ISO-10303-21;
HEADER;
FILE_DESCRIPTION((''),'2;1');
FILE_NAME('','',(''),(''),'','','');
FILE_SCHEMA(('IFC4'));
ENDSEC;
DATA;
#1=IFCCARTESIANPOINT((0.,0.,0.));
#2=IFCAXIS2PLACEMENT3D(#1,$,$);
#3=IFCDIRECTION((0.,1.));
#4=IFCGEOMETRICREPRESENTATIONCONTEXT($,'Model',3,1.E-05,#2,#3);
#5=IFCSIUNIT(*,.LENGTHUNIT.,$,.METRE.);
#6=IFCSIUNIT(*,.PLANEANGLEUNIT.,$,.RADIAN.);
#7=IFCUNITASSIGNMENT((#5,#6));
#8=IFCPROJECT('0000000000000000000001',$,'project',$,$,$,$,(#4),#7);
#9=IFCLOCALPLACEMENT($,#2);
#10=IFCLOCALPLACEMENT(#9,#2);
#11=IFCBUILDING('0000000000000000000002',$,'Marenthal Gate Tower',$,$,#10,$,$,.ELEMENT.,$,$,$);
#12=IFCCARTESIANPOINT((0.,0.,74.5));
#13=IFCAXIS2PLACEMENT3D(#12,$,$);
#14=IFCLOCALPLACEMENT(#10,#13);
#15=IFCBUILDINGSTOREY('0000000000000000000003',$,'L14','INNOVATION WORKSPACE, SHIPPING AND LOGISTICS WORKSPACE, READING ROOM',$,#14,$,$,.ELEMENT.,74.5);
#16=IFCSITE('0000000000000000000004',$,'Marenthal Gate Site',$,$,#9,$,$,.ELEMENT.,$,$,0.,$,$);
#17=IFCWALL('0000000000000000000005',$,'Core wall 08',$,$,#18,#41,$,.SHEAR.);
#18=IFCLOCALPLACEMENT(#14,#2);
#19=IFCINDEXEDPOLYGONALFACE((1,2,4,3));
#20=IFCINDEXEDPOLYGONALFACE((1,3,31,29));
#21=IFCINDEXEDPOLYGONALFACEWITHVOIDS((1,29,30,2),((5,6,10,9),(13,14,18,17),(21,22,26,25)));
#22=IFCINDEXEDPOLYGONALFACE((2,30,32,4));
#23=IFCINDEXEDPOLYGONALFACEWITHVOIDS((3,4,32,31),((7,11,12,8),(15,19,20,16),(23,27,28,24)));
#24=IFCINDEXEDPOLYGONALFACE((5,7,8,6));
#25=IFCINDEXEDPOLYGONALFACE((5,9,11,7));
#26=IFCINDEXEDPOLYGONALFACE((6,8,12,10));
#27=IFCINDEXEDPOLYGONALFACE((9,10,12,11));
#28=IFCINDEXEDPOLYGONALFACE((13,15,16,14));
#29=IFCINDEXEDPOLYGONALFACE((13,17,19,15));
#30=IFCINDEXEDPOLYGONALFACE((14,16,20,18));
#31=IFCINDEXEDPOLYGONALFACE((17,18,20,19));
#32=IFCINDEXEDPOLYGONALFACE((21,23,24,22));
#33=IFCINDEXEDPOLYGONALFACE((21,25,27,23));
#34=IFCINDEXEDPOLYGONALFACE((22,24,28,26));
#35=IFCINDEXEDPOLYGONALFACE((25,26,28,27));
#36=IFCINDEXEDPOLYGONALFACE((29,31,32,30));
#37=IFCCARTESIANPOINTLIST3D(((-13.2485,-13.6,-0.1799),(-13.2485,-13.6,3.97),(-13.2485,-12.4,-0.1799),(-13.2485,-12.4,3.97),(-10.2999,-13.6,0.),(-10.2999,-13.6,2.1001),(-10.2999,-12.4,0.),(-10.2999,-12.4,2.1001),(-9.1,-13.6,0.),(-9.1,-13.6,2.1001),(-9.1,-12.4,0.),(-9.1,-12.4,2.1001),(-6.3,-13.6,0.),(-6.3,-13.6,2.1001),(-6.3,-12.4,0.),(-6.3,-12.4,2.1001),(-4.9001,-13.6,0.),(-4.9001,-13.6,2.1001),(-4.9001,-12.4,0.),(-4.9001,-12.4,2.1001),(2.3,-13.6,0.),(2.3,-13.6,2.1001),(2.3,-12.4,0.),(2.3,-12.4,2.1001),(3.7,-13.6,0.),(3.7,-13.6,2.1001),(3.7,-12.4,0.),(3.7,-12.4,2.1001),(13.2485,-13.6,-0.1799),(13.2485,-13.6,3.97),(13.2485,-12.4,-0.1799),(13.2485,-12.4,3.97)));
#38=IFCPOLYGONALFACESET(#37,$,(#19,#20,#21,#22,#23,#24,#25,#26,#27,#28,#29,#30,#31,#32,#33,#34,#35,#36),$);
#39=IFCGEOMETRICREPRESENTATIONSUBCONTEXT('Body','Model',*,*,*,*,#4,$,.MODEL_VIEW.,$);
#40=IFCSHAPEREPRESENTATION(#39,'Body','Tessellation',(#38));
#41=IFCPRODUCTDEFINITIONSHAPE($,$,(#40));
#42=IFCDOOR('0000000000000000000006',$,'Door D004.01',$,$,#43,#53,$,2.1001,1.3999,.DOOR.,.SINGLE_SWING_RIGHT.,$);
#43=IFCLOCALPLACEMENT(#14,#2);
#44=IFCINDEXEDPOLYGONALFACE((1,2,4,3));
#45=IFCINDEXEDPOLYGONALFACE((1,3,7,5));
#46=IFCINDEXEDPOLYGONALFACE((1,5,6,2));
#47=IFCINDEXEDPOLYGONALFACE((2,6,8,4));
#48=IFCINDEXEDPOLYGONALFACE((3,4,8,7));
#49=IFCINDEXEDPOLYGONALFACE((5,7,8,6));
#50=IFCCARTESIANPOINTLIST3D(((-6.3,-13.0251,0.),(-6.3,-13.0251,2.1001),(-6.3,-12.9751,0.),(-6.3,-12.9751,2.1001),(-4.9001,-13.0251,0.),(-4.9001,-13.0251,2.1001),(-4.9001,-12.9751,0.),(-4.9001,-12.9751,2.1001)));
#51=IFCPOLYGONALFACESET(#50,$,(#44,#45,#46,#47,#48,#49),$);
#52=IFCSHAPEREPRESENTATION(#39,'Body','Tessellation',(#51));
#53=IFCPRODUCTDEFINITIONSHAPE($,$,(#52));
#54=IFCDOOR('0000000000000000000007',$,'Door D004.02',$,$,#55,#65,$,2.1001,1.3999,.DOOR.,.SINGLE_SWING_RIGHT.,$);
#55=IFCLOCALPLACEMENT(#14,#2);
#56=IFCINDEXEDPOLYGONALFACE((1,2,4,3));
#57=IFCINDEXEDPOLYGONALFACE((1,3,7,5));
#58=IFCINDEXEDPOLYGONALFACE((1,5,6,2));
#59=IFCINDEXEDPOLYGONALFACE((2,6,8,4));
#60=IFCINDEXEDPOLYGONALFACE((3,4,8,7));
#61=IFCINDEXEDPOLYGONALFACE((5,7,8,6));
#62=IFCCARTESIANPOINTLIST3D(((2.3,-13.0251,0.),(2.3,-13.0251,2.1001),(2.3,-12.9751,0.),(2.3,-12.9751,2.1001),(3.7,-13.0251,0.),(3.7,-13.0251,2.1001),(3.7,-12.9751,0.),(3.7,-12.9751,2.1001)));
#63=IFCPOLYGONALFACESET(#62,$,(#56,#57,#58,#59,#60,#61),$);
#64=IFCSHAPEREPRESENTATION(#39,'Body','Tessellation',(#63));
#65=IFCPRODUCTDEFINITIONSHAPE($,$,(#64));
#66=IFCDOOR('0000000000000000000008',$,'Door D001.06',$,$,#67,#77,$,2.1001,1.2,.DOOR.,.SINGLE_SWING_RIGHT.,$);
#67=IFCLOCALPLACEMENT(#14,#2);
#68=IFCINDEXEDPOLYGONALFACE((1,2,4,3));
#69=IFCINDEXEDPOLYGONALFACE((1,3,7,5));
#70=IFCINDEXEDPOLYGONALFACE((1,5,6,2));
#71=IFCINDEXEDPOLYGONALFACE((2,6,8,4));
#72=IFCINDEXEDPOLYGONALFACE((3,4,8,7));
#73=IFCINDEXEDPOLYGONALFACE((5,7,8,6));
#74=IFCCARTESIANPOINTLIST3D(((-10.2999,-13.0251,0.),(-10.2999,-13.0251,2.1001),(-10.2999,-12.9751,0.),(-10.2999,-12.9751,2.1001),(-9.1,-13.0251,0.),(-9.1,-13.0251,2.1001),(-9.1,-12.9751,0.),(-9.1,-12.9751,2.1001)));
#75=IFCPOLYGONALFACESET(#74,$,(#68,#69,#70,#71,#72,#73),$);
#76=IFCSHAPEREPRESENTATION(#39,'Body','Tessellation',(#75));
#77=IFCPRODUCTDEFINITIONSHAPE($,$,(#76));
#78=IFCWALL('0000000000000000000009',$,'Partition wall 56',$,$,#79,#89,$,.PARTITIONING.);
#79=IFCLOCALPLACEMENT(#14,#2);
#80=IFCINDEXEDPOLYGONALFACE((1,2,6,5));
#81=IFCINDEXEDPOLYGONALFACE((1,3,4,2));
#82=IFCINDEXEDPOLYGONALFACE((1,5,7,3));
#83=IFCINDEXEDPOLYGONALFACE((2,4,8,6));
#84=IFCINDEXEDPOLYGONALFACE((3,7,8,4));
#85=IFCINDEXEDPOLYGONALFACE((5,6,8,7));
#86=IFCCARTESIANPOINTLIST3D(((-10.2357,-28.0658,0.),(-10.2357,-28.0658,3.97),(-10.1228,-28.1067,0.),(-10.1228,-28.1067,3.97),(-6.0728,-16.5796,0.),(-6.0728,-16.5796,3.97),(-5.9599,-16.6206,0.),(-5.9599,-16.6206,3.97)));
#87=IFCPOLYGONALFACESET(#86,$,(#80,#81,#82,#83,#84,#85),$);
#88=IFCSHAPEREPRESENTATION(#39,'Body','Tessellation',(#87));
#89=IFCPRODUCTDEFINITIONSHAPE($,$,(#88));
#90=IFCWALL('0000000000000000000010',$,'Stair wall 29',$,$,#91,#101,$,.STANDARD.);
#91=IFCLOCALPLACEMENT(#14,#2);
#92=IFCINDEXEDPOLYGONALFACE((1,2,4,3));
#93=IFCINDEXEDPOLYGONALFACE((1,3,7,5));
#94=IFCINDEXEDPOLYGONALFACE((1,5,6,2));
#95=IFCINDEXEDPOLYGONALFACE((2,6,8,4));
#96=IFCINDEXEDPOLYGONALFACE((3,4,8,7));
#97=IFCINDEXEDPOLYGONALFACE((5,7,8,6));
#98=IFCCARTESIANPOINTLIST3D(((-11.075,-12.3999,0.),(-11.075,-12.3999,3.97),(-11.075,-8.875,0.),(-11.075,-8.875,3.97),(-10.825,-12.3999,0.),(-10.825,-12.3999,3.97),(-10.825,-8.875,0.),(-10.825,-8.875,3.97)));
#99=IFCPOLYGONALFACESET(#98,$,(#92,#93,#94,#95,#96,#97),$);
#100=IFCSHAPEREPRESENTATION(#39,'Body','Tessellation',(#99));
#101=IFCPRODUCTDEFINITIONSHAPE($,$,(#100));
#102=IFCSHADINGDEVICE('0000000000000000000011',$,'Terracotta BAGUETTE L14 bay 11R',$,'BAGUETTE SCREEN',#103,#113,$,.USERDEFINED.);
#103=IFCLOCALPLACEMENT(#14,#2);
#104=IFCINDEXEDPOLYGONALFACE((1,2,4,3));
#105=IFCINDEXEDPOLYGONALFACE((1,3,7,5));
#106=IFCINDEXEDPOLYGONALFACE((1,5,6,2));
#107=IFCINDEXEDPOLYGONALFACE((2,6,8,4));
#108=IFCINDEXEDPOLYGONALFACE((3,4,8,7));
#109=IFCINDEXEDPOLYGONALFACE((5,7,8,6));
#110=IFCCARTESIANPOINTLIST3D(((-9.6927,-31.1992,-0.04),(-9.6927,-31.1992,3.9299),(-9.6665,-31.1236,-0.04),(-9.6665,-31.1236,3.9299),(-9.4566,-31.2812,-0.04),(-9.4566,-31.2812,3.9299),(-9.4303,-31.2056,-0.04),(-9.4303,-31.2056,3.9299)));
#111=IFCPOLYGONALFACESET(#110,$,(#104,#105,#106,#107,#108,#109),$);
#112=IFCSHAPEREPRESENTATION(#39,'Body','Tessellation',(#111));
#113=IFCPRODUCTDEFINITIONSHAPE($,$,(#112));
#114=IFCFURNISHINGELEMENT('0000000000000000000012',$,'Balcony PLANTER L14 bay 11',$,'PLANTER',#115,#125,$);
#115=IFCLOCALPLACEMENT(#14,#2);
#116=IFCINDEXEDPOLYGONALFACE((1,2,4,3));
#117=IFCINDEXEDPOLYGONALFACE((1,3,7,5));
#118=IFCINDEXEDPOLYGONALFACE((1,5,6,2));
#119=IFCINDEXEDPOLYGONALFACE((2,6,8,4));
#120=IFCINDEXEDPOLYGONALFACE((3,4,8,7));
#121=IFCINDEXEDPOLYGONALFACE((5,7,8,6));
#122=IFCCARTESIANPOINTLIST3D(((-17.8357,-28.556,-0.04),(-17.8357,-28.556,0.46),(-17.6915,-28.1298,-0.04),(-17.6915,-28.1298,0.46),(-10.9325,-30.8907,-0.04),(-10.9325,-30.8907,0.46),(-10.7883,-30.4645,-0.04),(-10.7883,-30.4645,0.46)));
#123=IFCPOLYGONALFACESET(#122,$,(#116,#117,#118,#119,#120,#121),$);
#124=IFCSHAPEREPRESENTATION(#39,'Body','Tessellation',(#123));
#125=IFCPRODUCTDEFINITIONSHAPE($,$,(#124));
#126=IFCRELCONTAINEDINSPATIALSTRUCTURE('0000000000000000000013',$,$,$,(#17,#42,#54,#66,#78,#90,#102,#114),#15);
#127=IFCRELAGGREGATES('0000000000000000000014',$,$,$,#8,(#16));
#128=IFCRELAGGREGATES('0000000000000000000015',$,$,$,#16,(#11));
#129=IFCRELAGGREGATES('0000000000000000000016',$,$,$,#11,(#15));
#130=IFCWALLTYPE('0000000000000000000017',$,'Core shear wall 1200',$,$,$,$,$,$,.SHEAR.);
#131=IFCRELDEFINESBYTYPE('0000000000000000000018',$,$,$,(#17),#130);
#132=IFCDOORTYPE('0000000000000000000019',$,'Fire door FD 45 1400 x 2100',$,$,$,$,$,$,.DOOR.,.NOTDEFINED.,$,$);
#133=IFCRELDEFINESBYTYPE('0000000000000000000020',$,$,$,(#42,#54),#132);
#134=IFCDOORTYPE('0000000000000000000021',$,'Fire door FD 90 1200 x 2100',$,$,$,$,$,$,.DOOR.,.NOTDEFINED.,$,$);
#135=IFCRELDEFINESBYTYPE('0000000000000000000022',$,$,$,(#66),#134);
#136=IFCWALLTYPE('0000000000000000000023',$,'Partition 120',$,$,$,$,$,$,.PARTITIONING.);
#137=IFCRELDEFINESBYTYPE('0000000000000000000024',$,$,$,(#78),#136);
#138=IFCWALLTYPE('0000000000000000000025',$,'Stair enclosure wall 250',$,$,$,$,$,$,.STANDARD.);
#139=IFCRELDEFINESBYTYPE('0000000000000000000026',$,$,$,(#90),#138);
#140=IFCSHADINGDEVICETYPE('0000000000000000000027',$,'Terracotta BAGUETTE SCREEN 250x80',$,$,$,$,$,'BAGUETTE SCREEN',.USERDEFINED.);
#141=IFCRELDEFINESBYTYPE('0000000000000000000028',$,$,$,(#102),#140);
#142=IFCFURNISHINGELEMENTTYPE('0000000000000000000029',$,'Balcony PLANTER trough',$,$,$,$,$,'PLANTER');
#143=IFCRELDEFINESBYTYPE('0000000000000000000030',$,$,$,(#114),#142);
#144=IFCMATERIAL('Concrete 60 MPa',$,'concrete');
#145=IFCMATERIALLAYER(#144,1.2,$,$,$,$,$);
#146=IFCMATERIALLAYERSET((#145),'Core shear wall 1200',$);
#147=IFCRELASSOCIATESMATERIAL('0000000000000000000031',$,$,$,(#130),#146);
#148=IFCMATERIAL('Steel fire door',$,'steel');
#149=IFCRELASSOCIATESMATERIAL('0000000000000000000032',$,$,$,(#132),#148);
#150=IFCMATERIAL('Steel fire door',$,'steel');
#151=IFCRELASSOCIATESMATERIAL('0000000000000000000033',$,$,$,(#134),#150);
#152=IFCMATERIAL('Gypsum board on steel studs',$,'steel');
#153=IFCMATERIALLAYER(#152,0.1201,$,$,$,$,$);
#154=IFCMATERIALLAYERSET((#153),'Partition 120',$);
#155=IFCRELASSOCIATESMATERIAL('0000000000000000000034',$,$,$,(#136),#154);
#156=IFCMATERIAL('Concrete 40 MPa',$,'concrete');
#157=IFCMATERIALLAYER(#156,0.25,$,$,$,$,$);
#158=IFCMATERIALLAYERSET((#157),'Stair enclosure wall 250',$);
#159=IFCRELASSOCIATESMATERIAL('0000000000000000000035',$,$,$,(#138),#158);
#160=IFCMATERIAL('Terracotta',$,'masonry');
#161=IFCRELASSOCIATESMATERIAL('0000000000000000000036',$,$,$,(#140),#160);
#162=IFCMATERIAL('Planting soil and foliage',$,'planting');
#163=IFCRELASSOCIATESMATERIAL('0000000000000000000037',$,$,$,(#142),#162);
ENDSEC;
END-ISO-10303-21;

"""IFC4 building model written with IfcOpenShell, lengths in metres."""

from ifc_helpers import new_model, si_unit, direction, frame, frame_2d, origin, origin_2d, place, context, subcontext, project, spatial, rectangle, extrude, material, layer, layer_set, material_profile, profile_set, type_object, element, fill, save


model = new_model("IFC4")

# Units and contexts
model_context = context("Model", 3, precision=1e-05, world=origin(), true_north=direction((0.0, 1.0)))
body_context = subcontext(model_context, "Body", "Model", "MODEL_VIEW")
ifc_project = project(units=[si_unit("LENGTHUNIT", "METRE"), si_unit("PLANEANGLEUNIT", "RADIAN")], contexts=[model_context])

# Site, building, storey
site_placement = place(None, origin())
site = spatial("IfcSite", under=ifc_project, at=site_placement, Name="Marenthal Gate Site", CompositionType="ELEMENT", RefElevation=0.0)
building_placement = place(site_placement, origin())
building = spatial("IfcBuilding", under=site, at=building_placement, Name="Marenthal Gate Tower", CompositionType="ELEMENT")
storey_placement = place(building_placement, frame((0.0, 0.0, 74.5)))
storey = spatial("IfcBuildingStorey", under=building, at=storey_placement, Name="L14", Description="INNOVATION WORKSPACE, SHIPPING AND LOGISTICS WORKSPACE, READING ROOM", CompositionType="ELEMENT", Elevation=74.5)

# Wall, openings, doors
ifc_material_1 = material(Name="Concrete 60 MPa", Category="concrete")
ifc_layer_1 = layer(ifc_material_1, 1.2)
ifc_layer_set_1 = layer_set([ifc_layer_1], Name="Core shear wall 1200")
wall_type_1 = type_object("IfcWallType", Name="Core shear wall 1200", PredefinedType="SHEAR", material=ifc_layer_set_1)
wall_1_placement = place(storey_placement, frame((-13.2485, -13.0, -0.1799), z_axis=(0.0, 0.0, 1.0), x_axis=(1.0, 0.0, 0.0)))
wall_1 = element("IfcWall", 1, at=wall_1_placement, inside=storey, type_object=wall_type_1, Name="Core wall 08", PredefinedType="SHEAR", context=body_context, shape_type="SweptSolid", body=[
    extrude(rectangle(XDim=26.4971, YDim=1.2, at=frame_2d((13.2485, 0.0))), origin(), (0.0, 0.0, 1.0), 4.1499),
])
opening_1_placement = place(wall_1_placement, frame((2.9485, 0.0, 0.1799)))
opening_1 = element("IfcOpeningElement", 2, at=opening_1_placement, cuts=wall_1, PredefinedType="OPENING", context=body_context, shape_type="SweptSolid", body=[
    extrude(rectangle(XDim=1.2, YDim=2.1001, at=frame_2d((0.6001, 1.05))), frame((0.0, 0.6099, 0.0), z_axis=(0.0, -1.0, 0.0), x_axis=(1.0, 0.0, 0.0)), (0.0, 0.0, 1.0), 1.22),
])
opening_2_placement = place(wall_1_placement, frame((6.9485, 0.0, 0.1799)))
opening_2 = element("IfcOpeningElement", 3, at=opening_2_placement, cuts=wall_1, PredefinedType="OPENING", context=body_context, shape_type="SweptSolid", body=[
    extrude(rectangle(XDim=1.3999, YDim=2.1001, at=frame_2d((0.7, 1.05))), frame((0.0, 0.6099, 0.0), z_axis=(0.0, -1.0, 0.0), x_axis=(1.0, 0.0, 0.0)), (0.0, 0.0, 1.0), 1.22),
])
opening_3_placement = place(wall_1_placement, frame((15.5486, 0.0, 0.1799)))
opening_3 = element("IfcOpeningElement", 4, at=opening_3_placement, cuts=wall_1, PredefinedType="OPENING", context=body_context, shape_type="SweptSolid", body=[
    extrude(rectangle(XDim=1.3999, YDim=2.1001, at=frame_2d((0.7, 1.05))), frame((0.0, 0.6099, 0.0), z_axis=(0.0, -1.0, 0.0), x_axis=(1.0, 0.0, 0.0)), (0.0, 0.0, 1.0), 1.22),
])
ifc_material_2 = material(Name="Steel fire door", Category="steel")
door_type_1 = type_object("IfcDoorType", Name="Fire door FD 45 1400 x 2100", OperationType="NOTDEFINED", PredefinedType="DOOR", material=ifc_material_2)
door_1_placement = place(opening_2_placement, origin())
door_1 = element("IfcDoor", 5, at=door_1_placement, inside=storey, type_object=door_type_1, Name="Door D004.01", OperationType="SINGLE_SWING_RIGHT", OverallHeight=2.1001, OverallWidth=1.3999, PredefinedType="DOOR", context=body_context, shape_type="SweptSolid", body=[
    extrude(rectangle(XDim=1.3999, YDim=2.1001, at=frame_2d((0.7, 1.05))), frame((0.0, 0.0249, 0.0), z_axis=(0.0, -1.0, 0.0), x_axis=(1.0, 0.0, 0.0)), (0.0, 0.0, 1.0), 0.05),
])
fill(opening_2, door_1)
door_2_placement = place(opening_3_placement, origin())
door_2 = element("IfcDoor", 6, at=door_2_placement, inside=storey, type_object=door_type_1, Name="Door D004.02", OperationType="SINGLE_SWING_RIGHT", OverallHeight=2.1001, OverallWidth=1.3999, PredefinedType="DOOR", context=body_context, shape_type="SweptSolid", body=[
    extrude(rectangle(XDim=1.3999, YDim=2.1001, at=frame_2d((0.7, 1.05))), frame((0.0, 0.0249, 0.0), z_axis=(0.0, -1.0, 0.0), x_axis=(1.0, 0.0, 0.0)), (0.0, 0.0, 1.0), 0.05),
])
fill(opening_3, door_2)
ifc_material_3 = material(Name="Steel fire door", Category="steel")
door_type_2 = type_object("IfcDoorType", Name="Fire door FD 90 1200 x 2100", OperationType="NOTDEFINED", PredefinedType="DOOR", material=ifc_material_3)
door_3_placement = place(opening_1_placement, origin())
door_3 = element("IfcDoor", 7, at=door_3_placement, inside=storey, type_object=door_type_2, Name="Door D001.06", OperationType="SINGLE_SWING_RIGHT", OverallHeight=2.1001, OverallWidth=1.2, PredefinedType="DOOR", context=body_context, shape_type="SweptSolid", body=[
    extrude(rectangle(XDim=1.2, YDim=2.1001, at=frame_2d((0.6001, 1.05))), frame((0.0, 0.0249, 0.0), z_axis=(0.0, -1.0, 0.0), x_axis=(1.0, 0.0, 0.0)), (0.0, 0.0, 1.0), 0.05),
])
fill(opening_1, door_3)

# Walls
ifc_material_4 = material(Name="Gypsum board on steel studs", Category="steel")
ifc_layer_2 = layer(ifc_material_4, 0.1201)
ifc_layer_set_2 = layer_set([ifc_layer_2], Name="Partition 120")
wall_type_2 = type_object("IfcWallType", Name="Partition 120", PredefinedType="PARTITIONING", material=ifc_layer_set_2)
wall_2_placement = place(storey_placement, frame((-6.0164, -16.6001, 0.0), z_axis=(0.0, 0.0, 1.0), x_axis=(-0.340737, -0.940159, 0.0)))
element("IfcWall", 8, at=wall_2_placement, inside=storey, type_object=wall_type_2, Name="Partition wall 56", PredefinedType="PARTITIONING", context=body_context, shape_type="SweptSolid", body=[
    extrude(rectangle(XDim=12.2173, YDim=0.1201, at=frame_2d((6.1086, 0.0))), origin(), (0.0, 0.0, 1.0), 3.97),
])
ifc_material_5 = material(Name="Concrete 40 MPa", Category="concrete")
ifc_layer_3 = layer(ifc_material_5, 0.25)
ifc_layer_set_3 = layer_set([ifc_layer_3], Name="Stair enclosure wall 250")
wall_type_3 = type_object("IfcWallType", Name="Stair enclosure wall 250", PredefinedType="STANDARD", material=ifc_layer_set_3)
wall_3_placement = place(storey_placement, frame((-10.95, -12.3999, 0.0), z_axis=(0.0, 0.0, 1.0), x_axis=(0.0, 1.0, 0.0)))
element("IfcWall", 9, at=wall_3_placement, inside=storey, type_object=wall_type_3, Name="Stair wall 29", PredefinedType="STANDARD", context=body_context, shape_type="SweptSolid", body=[
    extrude(rectangle(XDim=3.5249, YDim=0.25, at=frame_2d((1.7625, 0.0))), origin(), (0.0, 0.0, 1.0), 3.97),
])

# Shading device
ifc_material_6 = material(Name="Terracotta", Category="masonry")
ifc_material_profile_1 = material_profile(ifc_material_6, rectangle(XDim=0.25, YDim=0.0801, at=origin_2d()), Name="Terracotta baguette 250x80")
ifc_profile_set_1 = profile_set([ifc_material_profile_1], Name="Terracotta")
shading_device_type = type_object("IfcShadingDeviceType", Name="Terracotta BAGUETTE SCREEN 250x80", ElementType="BAGUETTE SCREEN", PredefinedType="USERDEFINED", material=ifc_profile_set_1)
shading_device_placement = place(storey_placement, frame((-9.5615, -31.2024, -0.04), z_axis=(0.0, 0.0, 1.0), x_axis=(0.944657, -0.328061, 0.0)))
element("IfcShadingDevice", 10, at=shading_device_placement, inside=storey, type_object=shading_device_type, Name="Terracotta BAGUETTE L14 bay 11R", ObjectType="BAGUETTE SCREEN", PredefinedType="USERDEFINED", context=body_context, shape_type="SweptSolid", body=[
    extrude(rectangle(XDim=0.25, YDim=0.0801, at=origin_2d()), origin(), (0.0, 0.0, 1.0), 3.97),
])

# Furnishing element
ifc_material_7 = material(Name="Planting soil and foliage", Category="planting")
furnishing_element_type = type_object("IfcFurnishingElementType", Name="Balcony PLANTER trough", ElementType="PLANTER", material=ifc_material_7)
furnishing_placement = place(storey_placement, frame((-14.312, -29.5103, -0.04), z_axis=(0.0, 0.0, 1.0), x_axis=(0.947289, -0.320381, 0.0)))
element("IfcFurnishingElement", 11, at=furnishing_placement, inside=storey, type_object=furnishing_element_type, Name="Balcony PLANTER L14 bay 11", ObjectType="PLANTER", context=body_context, shape_type="SweptSolid", body=[
    extrude(rectangle(XDim=7.2874, YDim=0.45, at=origin_2d()), origin(), (0.0, 0.0, 1.0), 0.5),
])

save(model, "model.ifc")
